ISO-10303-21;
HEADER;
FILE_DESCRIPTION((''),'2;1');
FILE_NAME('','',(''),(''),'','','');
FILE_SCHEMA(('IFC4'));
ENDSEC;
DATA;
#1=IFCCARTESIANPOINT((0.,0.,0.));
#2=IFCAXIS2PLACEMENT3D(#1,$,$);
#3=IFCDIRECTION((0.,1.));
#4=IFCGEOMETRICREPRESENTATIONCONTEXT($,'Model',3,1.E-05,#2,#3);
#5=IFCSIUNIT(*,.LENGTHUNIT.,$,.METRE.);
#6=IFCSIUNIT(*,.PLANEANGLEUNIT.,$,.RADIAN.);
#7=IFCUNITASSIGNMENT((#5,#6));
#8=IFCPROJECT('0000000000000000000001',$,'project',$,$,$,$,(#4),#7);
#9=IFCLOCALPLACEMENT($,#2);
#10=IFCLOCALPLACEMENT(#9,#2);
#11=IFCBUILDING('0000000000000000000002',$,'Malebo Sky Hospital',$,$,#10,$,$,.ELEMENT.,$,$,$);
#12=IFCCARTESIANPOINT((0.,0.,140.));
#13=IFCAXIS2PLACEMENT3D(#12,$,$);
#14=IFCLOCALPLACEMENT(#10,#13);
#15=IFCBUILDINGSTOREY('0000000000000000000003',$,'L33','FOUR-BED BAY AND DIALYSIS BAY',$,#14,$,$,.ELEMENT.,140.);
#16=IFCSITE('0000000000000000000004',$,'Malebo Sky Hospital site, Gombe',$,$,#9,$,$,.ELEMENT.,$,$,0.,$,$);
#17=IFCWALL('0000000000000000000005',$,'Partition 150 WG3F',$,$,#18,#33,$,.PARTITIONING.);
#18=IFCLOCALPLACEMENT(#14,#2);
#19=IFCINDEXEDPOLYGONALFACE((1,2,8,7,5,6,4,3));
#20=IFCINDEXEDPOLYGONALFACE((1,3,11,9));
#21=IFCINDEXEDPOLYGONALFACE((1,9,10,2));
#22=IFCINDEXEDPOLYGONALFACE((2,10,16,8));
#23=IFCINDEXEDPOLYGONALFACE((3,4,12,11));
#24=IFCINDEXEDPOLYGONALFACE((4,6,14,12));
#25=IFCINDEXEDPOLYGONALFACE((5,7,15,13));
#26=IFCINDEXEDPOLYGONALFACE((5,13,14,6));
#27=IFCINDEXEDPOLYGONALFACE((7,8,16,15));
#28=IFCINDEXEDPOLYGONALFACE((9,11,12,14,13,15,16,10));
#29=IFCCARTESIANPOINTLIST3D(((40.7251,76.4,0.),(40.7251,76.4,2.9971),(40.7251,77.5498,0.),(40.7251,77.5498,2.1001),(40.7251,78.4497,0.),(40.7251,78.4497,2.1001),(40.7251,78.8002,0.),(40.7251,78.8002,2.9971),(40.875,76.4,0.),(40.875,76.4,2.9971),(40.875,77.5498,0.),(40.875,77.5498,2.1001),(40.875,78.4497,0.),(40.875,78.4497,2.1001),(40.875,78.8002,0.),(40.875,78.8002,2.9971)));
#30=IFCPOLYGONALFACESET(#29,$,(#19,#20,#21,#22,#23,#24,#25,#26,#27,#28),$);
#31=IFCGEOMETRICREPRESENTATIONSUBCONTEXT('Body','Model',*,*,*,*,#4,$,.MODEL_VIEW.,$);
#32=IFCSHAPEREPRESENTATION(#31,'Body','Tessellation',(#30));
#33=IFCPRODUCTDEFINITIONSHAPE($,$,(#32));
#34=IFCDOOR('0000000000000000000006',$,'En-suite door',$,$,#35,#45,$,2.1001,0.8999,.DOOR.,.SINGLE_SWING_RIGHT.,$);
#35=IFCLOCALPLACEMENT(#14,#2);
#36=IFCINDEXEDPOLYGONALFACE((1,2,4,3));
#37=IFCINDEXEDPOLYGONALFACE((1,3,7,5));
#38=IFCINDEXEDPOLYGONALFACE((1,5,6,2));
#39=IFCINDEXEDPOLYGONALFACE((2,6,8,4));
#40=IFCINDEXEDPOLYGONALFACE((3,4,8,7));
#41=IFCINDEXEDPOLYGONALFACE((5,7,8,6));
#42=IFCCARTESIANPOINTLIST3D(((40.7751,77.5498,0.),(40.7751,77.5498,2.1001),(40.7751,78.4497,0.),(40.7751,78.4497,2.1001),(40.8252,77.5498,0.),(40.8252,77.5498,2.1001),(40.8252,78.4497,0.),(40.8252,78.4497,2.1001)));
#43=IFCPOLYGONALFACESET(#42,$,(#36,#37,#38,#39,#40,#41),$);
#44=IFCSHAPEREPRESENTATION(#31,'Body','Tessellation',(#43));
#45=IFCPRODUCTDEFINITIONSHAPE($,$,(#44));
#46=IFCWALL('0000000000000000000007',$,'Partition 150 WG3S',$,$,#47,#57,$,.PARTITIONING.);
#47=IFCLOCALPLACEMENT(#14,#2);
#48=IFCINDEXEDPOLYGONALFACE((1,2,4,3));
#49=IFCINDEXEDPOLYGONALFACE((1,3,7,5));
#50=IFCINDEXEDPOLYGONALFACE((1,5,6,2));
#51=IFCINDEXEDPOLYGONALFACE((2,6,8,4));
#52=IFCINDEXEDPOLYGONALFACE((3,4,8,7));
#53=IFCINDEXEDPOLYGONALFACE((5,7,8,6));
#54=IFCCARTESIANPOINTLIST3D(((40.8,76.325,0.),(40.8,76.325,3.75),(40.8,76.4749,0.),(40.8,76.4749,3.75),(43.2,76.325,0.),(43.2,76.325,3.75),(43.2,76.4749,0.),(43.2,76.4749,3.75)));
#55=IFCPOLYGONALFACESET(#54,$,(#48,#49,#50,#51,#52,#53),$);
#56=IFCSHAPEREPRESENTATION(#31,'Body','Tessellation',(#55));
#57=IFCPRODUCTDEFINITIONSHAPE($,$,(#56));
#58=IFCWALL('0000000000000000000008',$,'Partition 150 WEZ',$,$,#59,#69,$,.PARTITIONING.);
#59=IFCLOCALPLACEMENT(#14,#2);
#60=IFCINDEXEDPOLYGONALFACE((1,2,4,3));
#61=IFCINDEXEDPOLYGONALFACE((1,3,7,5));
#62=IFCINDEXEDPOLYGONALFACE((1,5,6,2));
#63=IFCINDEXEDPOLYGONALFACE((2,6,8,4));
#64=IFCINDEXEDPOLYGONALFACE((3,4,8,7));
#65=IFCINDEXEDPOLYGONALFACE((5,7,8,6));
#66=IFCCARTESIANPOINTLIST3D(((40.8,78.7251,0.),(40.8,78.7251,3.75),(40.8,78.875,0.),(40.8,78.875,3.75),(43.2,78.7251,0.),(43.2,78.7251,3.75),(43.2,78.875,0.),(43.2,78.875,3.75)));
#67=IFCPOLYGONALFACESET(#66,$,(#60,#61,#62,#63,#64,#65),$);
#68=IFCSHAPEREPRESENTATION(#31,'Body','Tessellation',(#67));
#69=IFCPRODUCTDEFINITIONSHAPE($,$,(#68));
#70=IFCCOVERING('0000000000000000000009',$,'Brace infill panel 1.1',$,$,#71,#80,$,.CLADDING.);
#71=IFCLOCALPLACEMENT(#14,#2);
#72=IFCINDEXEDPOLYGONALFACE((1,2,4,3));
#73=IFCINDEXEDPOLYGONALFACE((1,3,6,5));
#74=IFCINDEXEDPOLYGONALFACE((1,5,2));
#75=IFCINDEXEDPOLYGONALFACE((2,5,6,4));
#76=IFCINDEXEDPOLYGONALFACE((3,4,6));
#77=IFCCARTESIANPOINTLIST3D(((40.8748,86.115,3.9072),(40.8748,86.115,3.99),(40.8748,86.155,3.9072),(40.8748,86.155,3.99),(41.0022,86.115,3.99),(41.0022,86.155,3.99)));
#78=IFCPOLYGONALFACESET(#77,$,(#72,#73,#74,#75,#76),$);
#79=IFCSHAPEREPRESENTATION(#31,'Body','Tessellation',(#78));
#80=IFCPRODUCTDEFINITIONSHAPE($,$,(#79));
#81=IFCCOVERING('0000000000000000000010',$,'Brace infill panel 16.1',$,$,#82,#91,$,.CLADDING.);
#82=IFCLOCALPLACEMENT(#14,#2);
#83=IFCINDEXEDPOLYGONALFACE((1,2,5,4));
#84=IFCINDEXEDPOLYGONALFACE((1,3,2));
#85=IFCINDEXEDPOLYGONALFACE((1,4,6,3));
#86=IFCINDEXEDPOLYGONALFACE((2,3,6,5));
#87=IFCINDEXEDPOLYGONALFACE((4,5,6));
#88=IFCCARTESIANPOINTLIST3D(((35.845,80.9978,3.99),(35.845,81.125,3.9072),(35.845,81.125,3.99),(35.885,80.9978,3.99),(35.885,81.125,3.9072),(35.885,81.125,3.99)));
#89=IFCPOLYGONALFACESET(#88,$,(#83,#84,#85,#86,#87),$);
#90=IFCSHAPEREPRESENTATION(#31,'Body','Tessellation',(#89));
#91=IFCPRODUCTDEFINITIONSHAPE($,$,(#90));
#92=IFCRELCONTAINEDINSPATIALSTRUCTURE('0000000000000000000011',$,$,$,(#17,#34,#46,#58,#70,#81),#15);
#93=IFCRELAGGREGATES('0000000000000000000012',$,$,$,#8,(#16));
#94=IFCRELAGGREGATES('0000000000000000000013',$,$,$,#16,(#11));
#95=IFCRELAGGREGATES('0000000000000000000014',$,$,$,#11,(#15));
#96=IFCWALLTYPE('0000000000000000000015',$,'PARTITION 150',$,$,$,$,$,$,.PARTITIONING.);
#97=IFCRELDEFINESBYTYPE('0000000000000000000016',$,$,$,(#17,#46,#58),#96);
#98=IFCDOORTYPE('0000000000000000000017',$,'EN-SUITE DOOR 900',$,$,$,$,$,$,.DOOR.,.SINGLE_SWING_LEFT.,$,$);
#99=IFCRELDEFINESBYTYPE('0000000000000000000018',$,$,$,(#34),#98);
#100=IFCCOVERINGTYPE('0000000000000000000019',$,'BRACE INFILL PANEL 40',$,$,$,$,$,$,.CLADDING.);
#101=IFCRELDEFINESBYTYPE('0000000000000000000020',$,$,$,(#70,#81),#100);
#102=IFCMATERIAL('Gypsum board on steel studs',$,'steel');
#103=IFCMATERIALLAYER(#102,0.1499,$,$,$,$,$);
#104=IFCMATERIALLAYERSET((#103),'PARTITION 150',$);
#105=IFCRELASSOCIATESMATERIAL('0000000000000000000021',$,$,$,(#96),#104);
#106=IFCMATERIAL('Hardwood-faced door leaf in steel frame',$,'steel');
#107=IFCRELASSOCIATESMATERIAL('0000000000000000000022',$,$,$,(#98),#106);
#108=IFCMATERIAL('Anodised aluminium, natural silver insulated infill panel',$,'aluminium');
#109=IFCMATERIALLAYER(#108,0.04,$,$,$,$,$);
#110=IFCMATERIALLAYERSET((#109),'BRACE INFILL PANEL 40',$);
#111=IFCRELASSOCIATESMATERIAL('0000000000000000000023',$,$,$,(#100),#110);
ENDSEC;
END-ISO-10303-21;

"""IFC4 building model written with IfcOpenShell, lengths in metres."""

from ifc_helpers import new_model, si_unit, direction, frame, frame_2d, origin, place, context, subcontext, project, spatial, polyline, rectangle, outline, extrude, material, layer, layer_set, type_object, element, fill, save


model = new_model("IFC4")

# Units and contexts
model_context = context("Model", 3, precision=1e-05, world=origin(), true_north=direction((0.0, 1.0)))
body_context = subcontext(model_context, "Body", "Model", "MODEL_VIEW")
ifc_project = project(units=[si_unit("LENGTHUNIT", "METRE"), si_unit("PLANEANGLEUNIT", "RADIAN")], contexts=[model_context])

# Site, building, storey
site_placement = place(None, origin())
site = spatial("IfcSite", under=ifc_project, at=site_placement, Name="Malebo Sky Hospital site, Gombe", CompositionType="ELEMENT", RefElevation=0.0)
building_placement = place(site_placement, origin())
building = spatial("IfcBuilding", under=site, at=building_placement, Name="Malebo Sky Hospital", CompositionType="ELEMENT")
storey_placement = place(building_placement, frame((0.0, 0.0, 140.0)))
storey = spatial("IfcBuildingStorey", under=building, at=storey_placement, Name="L33", Description="FOUR-BED BAY AND DIALYSIS BAY", CompositionType="ELEMENT", Elevation=140.0)

# Shared definitions
ifc_material_1 = material(Name="Gypsum board on steel studs", Category="steel")
ifc_material_2 = material(Name="Hardwood-faced door leaf in steel frame", Category="steel")

# Shared definitions
ifc_layer_1 = layer(ifc_material_1, 0.1499)
ifc_layer_set_1 = layer_set([ifc_layer_1], Name="PARTITION 150")
wall_type_1 = type_object("IfcWallType", Name="PARTITION 150", PredefinedType="PARTITIONING", material=ifc_layer_set_1)

# Wall, opening, door
wall_1_placement = place(storey_placement, frame((40.8, 76.3999, 0.0), z_axis=(0.0, 0.0, 1.0), x_axis=(0.0, 1.0, 0.0)))
wall_1 = element("IfcWall", 1, at=wall_1_placement, inside=storey, type_object=wall_type_1, Name="Partition 150 WG3F", PredefinedType="PARTITIONING", context=body_context, shape_type="SweptSolid", body=[
    extrude(rectangle(XDim=2.4001, YDim=0.1499, at=frame_2d((1.2002, 0.0))), origin(), (0.0, 0.0, 1.0), 2.9971),
])
opening_1_placement = place(wall_1_placement, frame((1.1499, 0.0, 0.0)))
opening_1 = element("IfcOpeningElement", 2, at=opening_1_placement, cuts=wall_1, PredefinedType="OPENING", context=body_context, shape_type="SweptSolid", body=[
    extrude(rectangle(XDim=0.8999, YDim=2.1001, at=frame_2d((0.45, 1.05))), frame((0.0, 0.085, 0.0), z_axis=(0.0, -1.0, 0.0), x_axis=(1.0, 0.0, 0.0)), (0.0, 0.0, 1.0), 0.1699),
])
door_type_1 = type_object("IfcDoorType", Name="EN-SUITE DOOR 900", OperationType="SINGLE_SWING_LEFT", PredefinedType="DOOR", material=ifc_material_2)
door_1_placement = place(opening_1_placement, origin())
door_1 = element("IfcDoor", 3, at=door_1_placement, inside=storey, type_object=door_type_1, Name="En-suite door", OperationType="SINGLE_SWING_RIGHT", OverallHeight=2.1001, OverallWidth=0.8999, PredefinedType="DOOR", context=body_context, shape_type="SweptSolid", body=[
    extrude(rectangle(XDim=0.8999, YDim=2.1001, at=frame_2d((0.45, 1.05))), frame((0.0, 0.0249, 0.0), z_axis=(0.0, -1.0, 0.0), x_axis=(1.0, 0.0, 0.0)), (0.0, 0.0, 1.0), 0.05),
])
fill(opening_1, door_1)

# Walls
for number, where, z_axis, x_axis, name in (
    (4, (43.2, 76.3999, 0.0), (0.0, 0.0, 1.0), (-1.0, 0.0, 0.0), "Partition 150 WG3S"),
    (5, (43.2, 78.8, 0.0), (0.0, 0.0, 1.0), (-1.0, 0.0, 0.0), "Partition 150 WEZ"),
):
    element("IfcWall", number, at=place(storey_placement, frame(where, z_axis=z_axis, x_axis=x_axis)), inside=storey, type_object=wall_type_1, Name=name, PredefinedType="PARTITIONING", context=body_context, shape_type="SweptSolid", body=[
        extrude(rectangle(XDim=2.3999, YDim=0.1499, at=frame_2d((1.2, 0.0))), origin(), (0.0, 0.0, 1.0), 3.75),
    ])

# Coverings
ifc_material_3 = material(Name="Anodised aluminium, natural silver insulated infill panel", Category="aluminium")
ifc_layer_2 = layer(ifc_material_3, 0.04)
ifc_layer_set_2 = layer_set([ifc_layer_2], Name="BRACE INFILL PANEL 40")
covering_type = type_object("IfcCoveringType", Name="BRACE INFILL PANEL 40", PredefinedType="CLADDING", material=ifc_layer_set_2)
covering_1_placement = place(storey_placement, frame((40.9385, 86.135, 3.9072), z_axis=(0.0, 0.0, 1.0), x_axis=(1.0, 0.0, 0.0)))
element("IfcCovering", 6, at=covering_1_placement, inside=storey, type_object=covering_type, Name="Brace infill panel 1.1", PredefinedType="CLADDING", context=body_context, shape_type="SweptSolid", body=[
    extrude(outline(polyline([(-0.0637, 0.0), (0.0637, 0.0828), (-0.0637, 0.0828), (-0.0637, 0.0)])), frame((0.0, 0.02, 0.0), z_axis=(0.0, -1.0, 0.0), x_axis=(1.0, 0.0, 0.0)), (0.0, 0.0, 1.0), 0.04),
])
covering_2_placement = place(storey_placement, frame((35.865, 81.0615, 3.9072), z_axis=(0.0, 0.0, 1.0), x_axis=(0.0, 1.0, 0.0)))
element("IfcCovering", 7, at=covering_2_placement, inside=storey, type_object=covering_type, Name="Brace infill panel 16.1", PredefinedType="CLADDING", context=body_context, shape_type="SweptSolid", body=[
    extrude(outline(polyline([(0.0635, 0.0), (0.0635, 0.0828), (-0.0637, 0.0828), (0.0635, 0.0)])), frame((0.0, 0.02, 0.0), z_axis=(0.0, -1.0, 0.0), x_axis=(1.0, 0.0, 0.0)), (0.0, 0.0, 1.0), 0.04),
])

save(model, "model.ifc")
